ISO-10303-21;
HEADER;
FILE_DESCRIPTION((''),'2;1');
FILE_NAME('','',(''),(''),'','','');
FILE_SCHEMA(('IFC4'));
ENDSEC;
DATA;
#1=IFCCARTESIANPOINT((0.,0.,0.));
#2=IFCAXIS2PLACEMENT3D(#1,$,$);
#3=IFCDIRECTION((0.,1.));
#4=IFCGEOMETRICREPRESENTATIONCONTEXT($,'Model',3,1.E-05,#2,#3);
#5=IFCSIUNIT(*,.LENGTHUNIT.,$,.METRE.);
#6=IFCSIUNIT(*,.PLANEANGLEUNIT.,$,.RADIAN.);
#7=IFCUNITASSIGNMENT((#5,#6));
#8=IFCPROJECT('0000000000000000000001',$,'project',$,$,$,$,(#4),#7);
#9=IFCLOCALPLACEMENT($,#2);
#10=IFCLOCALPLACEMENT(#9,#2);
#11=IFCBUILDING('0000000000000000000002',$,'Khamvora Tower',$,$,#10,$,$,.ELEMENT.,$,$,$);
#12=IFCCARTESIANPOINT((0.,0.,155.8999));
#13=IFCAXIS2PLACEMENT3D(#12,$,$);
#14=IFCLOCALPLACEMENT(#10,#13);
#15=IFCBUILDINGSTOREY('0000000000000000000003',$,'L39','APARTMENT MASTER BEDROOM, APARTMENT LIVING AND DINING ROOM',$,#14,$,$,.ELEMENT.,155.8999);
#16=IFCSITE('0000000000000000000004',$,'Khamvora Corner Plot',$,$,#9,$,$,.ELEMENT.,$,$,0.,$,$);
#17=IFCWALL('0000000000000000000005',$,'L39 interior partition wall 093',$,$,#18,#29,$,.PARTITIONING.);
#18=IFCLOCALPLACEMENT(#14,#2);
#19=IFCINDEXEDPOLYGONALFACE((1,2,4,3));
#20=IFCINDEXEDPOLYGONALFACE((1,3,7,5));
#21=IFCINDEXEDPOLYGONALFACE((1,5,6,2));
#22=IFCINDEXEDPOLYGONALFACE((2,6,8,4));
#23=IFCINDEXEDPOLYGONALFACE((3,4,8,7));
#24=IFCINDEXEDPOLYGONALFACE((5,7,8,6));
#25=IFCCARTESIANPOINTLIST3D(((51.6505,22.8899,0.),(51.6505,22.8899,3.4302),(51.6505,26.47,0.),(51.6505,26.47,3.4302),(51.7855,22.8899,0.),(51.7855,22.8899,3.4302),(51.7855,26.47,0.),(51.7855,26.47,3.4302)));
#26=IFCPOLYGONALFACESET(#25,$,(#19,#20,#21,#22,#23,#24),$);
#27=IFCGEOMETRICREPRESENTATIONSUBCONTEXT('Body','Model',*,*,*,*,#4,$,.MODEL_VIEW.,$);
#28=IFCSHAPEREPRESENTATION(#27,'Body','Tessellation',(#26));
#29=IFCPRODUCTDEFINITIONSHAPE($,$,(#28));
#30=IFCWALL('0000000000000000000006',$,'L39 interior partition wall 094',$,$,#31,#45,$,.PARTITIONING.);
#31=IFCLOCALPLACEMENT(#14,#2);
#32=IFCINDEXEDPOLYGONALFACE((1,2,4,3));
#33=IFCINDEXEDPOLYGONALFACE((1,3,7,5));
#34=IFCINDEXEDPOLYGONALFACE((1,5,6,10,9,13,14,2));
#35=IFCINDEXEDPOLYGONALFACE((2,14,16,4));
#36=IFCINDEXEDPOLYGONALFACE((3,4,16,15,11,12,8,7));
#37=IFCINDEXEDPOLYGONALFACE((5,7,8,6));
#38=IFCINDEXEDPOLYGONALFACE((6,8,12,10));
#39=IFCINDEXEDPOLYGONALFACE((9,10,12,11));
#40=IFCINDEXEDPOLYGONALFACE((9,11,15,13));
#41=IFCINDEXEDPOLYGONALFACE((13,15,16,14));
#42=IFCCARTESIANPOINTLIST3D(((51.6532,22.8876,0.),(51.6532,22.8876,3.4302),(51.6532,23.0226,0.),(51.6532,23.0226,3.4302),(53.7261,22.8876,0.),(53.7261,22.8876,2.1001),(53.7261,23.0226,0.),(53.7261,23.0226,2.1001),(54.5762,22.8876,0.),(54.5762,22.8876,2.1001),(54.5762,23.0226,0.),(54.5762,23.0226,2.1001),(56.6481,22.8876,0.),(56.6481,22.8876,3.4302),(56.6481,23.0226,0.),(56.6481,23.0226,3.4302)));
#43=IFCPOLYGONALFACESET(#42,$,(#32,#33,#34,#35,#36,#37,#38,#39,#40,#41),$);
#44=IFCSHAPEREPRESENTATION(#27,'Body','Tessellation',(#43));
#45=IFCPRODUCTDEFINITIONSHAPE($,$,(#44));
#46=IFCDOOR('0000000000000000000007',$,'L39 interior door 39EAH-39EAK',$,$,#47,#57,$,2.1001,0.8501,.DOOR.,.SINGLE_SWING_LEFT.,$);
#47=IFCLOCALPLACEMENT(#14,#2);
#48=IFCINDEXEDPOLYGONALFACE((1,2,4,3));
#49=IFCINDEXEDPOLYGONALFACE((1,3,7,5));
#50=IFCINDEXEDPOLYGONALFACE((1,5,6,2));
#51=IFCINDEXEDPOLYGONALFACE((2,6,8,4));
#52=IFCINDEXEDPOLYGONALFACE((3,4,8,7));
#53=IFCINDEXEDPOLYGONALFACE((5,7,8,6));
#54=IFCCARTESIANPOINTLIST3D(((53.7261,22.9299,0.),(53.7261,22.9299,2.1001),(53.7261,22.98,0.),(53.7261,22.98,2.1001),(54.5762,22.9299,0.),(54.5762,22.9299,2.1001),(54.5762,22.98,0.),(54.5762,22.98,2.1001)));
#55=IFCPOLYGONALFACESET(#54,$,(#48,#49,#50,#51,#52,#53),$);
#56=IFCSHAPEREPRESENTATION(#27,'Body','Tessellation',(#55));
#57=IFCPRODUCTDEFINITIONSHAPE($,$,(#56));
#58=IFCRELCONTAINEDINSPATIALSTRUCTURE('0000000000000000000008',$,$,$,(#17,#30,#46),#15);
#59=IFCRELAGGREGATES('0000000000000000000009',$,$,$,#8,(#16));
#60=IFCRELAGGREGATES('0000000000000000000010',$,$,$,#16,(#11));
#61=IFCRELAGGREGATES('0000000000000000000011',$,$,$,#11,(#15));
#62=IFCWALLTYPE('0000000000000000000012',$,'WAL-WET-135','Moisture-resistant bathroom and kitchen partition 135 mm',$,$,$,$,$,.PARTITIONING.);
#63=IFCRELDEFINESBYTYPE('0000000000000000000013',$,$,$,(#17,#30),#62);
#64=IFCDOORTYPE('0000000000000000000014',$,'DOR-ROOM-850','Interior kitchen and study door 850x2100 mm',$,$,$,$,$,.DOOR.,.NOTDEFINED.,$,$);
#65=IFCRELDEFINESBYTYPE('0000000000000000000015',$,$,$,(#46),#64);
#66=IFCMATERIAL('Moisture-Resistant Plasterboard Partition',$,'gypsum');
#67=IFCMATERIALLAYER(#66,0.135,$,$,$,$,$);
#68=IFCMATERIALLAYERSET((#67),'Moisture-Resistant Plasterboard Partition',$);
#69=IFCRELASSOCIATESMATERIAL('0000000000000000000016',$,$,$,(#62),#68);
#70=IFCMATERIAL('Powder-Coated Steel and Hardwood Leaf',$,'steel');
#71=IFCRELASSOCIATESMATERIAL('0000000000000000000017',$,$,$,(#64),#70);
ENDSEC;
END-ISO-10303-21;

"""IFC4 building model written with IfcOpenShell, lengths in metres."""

from ifc_helpers import new_model, si_unit, direction, frame, frame_2d, origin, place, context, subcontext, project, spatial, rectangle, extrude, material, layer, layer_set, type_object, element, fill, save


model = new_model("IFC4")

# Units and contexts
model_context = context("Model", 3, precision=1e-05, world=origin(), true_north=direction((0.0, 1.0)))
body_context = subcontext(model_context, "Body", "Model", "MODEL_VIEW")
ifc_project = project(units=[si_unit("LENGTHUNIT", "METRE"), si_unit("PLANEANGLEUNIT", "RADIAN")], contexts=[model_context])

# Site, building, storey
site_placement = place(None, origin())
site = spatial("IfcSite", under=ifc_project, at=site_placement, Name="Khamvora Corner Plot", CompositionType="ELEMENT", RefElevation=0.0)
building_placement = place(site_placement, origin())
building = spatial("IfcBuilding", under=site, at=building_placement, Name="Khamvora Tower", CompositionType="ELEMENT")
storey_placement = place(building_placement, frame((0.0, 0.0, 155.8999)))
storey = spatial("IfcBuildingStorey", under=building, at=storey_placement, Name="L39", Description="APARTMENT MASTER BEDROOM, APARTMENT LIVING AND DINING ROOM", CompositionType="ELEMENT", Elevation=155.8999)

# Shared definitions
ifc_material_1 = material(Name="Powder-Coated Steel and Hardwood Leaf", Category="steel")

# Shared definitions
ifc_material_2 = material(Name="Moisture-Resistant Plasterboard Partition", Category="gypsum")
ifc_layer_1 = layer(ifc_material_2, 0.135)
ifc_layer_set_1 = layer_set([ifc_layer_1], Name="Moisture-Resistant Plasterboard Partition")
wall_type_1 = type_object("IfcWallType", Name="WAL-WET-135", Description="Moisture-resistant bathroom and kitchen partition 135 mm", PredefinedType="PARTITIONING", material=ifc_layer_set_1)

# Wall
for number, where, z_axis, x_axis, name in (
    (1, (51.718, 26.47, 0.0), (0.0, 0.0, 1.0), (0.0, -1.0, 0.0), "L39 interior partition wall 093"),
):
    element("IfcWall", number, at=place(storey_placement, frame(where, z_axis=z_axis, x_axis=x_axis)), inside=storey, type_object=wall_type_1, Name=name, PredefinedType="PARTITIONING", context=body_context, shape_type="SweptSolid", body=[
        extrude(rectangle(XDim=3.5801, YDim=0.135, at=frame_2d((1.79, 0.0))), origin(), (0.0, 0.0, 1.0), 3.4302),
    ])

# Wall, opening, door
wall_1_placement = place(storey_placement, frame((51.6531, 22.9551, 0.0), z_axis=(0.0, 0.0, 1.0), x_axis=(1.0, 0.0, 0.0)))
wall_1 = element("IfcWall", 2, at=wall_1_placement, inside=storey, type_object=wall_type_1, Name="L39 interior partition wall 094", PredefinedType="PARTITIONING", context=body_context, shape_type="SweptSolid", body=[
    extrude(rectangle(XDim=4.9949, YDim=0.135, at=frame_2d((2.4976, 0.0))), origin(), (0.0, 0.0, 1.0), 3.4302),
])
opening_1_placement = place(wall_1_placement, frame((2.073, 0.0, 0.0)))
opening_1 = element("IfcOpeningElement", 3, at=opening_1_placement, cuts=wall_1, PredefinedType="OPENING", context=body_context, shape_type="SweptSolid", body=[
    extrude(rectangle(XDim=0.8501, YDim=2.1001, at=frame_2d((0.425, 1.05))), frame((0.0, 0.0774, 0.0), z_axis=(0.0, -1.0, 0.0), x_axis=(1.0, 0.0, 0.0)), (0.0, 0.0, 1.0), 0.155),
])
door_type_1 = type_object("IfcDoorType", Name="DOR-ROOM-850", Description="Interior kitchen and study door 850x2100 mm", OperationType="NOTDEFINED", PredefinedType="DOOR", material=ifc_material_1)
door_1_placement = place(opening_1_placement, origin())
door_1 = element("IfcDoor", 4, at=door_1_placement, inside=storey, type_object=door_type_1, Name="L39 interior door 39EAH-39EAK", OperationType="SINGLE_SWING_LEFT", OverallHeight=2.1001, OverallWidth=0.8501, PredefinedType="DOOR", context=body_context, shape_type="SweptSolid", body=[
    extrude(rectangle(XDim=0.8501, YDim=2.1001, at=frame_2d((0.425, 1.05))), frame((0.0, 0.0249, 0.0), z_axis=(0.0, -1.0, 0.0), x_axis=(1.0, 0.0, 0.0)), (0.0, 0.0, 1.0), 0.05),
])
fill(opening_1, door_1)

save(model, "model.ifc")
